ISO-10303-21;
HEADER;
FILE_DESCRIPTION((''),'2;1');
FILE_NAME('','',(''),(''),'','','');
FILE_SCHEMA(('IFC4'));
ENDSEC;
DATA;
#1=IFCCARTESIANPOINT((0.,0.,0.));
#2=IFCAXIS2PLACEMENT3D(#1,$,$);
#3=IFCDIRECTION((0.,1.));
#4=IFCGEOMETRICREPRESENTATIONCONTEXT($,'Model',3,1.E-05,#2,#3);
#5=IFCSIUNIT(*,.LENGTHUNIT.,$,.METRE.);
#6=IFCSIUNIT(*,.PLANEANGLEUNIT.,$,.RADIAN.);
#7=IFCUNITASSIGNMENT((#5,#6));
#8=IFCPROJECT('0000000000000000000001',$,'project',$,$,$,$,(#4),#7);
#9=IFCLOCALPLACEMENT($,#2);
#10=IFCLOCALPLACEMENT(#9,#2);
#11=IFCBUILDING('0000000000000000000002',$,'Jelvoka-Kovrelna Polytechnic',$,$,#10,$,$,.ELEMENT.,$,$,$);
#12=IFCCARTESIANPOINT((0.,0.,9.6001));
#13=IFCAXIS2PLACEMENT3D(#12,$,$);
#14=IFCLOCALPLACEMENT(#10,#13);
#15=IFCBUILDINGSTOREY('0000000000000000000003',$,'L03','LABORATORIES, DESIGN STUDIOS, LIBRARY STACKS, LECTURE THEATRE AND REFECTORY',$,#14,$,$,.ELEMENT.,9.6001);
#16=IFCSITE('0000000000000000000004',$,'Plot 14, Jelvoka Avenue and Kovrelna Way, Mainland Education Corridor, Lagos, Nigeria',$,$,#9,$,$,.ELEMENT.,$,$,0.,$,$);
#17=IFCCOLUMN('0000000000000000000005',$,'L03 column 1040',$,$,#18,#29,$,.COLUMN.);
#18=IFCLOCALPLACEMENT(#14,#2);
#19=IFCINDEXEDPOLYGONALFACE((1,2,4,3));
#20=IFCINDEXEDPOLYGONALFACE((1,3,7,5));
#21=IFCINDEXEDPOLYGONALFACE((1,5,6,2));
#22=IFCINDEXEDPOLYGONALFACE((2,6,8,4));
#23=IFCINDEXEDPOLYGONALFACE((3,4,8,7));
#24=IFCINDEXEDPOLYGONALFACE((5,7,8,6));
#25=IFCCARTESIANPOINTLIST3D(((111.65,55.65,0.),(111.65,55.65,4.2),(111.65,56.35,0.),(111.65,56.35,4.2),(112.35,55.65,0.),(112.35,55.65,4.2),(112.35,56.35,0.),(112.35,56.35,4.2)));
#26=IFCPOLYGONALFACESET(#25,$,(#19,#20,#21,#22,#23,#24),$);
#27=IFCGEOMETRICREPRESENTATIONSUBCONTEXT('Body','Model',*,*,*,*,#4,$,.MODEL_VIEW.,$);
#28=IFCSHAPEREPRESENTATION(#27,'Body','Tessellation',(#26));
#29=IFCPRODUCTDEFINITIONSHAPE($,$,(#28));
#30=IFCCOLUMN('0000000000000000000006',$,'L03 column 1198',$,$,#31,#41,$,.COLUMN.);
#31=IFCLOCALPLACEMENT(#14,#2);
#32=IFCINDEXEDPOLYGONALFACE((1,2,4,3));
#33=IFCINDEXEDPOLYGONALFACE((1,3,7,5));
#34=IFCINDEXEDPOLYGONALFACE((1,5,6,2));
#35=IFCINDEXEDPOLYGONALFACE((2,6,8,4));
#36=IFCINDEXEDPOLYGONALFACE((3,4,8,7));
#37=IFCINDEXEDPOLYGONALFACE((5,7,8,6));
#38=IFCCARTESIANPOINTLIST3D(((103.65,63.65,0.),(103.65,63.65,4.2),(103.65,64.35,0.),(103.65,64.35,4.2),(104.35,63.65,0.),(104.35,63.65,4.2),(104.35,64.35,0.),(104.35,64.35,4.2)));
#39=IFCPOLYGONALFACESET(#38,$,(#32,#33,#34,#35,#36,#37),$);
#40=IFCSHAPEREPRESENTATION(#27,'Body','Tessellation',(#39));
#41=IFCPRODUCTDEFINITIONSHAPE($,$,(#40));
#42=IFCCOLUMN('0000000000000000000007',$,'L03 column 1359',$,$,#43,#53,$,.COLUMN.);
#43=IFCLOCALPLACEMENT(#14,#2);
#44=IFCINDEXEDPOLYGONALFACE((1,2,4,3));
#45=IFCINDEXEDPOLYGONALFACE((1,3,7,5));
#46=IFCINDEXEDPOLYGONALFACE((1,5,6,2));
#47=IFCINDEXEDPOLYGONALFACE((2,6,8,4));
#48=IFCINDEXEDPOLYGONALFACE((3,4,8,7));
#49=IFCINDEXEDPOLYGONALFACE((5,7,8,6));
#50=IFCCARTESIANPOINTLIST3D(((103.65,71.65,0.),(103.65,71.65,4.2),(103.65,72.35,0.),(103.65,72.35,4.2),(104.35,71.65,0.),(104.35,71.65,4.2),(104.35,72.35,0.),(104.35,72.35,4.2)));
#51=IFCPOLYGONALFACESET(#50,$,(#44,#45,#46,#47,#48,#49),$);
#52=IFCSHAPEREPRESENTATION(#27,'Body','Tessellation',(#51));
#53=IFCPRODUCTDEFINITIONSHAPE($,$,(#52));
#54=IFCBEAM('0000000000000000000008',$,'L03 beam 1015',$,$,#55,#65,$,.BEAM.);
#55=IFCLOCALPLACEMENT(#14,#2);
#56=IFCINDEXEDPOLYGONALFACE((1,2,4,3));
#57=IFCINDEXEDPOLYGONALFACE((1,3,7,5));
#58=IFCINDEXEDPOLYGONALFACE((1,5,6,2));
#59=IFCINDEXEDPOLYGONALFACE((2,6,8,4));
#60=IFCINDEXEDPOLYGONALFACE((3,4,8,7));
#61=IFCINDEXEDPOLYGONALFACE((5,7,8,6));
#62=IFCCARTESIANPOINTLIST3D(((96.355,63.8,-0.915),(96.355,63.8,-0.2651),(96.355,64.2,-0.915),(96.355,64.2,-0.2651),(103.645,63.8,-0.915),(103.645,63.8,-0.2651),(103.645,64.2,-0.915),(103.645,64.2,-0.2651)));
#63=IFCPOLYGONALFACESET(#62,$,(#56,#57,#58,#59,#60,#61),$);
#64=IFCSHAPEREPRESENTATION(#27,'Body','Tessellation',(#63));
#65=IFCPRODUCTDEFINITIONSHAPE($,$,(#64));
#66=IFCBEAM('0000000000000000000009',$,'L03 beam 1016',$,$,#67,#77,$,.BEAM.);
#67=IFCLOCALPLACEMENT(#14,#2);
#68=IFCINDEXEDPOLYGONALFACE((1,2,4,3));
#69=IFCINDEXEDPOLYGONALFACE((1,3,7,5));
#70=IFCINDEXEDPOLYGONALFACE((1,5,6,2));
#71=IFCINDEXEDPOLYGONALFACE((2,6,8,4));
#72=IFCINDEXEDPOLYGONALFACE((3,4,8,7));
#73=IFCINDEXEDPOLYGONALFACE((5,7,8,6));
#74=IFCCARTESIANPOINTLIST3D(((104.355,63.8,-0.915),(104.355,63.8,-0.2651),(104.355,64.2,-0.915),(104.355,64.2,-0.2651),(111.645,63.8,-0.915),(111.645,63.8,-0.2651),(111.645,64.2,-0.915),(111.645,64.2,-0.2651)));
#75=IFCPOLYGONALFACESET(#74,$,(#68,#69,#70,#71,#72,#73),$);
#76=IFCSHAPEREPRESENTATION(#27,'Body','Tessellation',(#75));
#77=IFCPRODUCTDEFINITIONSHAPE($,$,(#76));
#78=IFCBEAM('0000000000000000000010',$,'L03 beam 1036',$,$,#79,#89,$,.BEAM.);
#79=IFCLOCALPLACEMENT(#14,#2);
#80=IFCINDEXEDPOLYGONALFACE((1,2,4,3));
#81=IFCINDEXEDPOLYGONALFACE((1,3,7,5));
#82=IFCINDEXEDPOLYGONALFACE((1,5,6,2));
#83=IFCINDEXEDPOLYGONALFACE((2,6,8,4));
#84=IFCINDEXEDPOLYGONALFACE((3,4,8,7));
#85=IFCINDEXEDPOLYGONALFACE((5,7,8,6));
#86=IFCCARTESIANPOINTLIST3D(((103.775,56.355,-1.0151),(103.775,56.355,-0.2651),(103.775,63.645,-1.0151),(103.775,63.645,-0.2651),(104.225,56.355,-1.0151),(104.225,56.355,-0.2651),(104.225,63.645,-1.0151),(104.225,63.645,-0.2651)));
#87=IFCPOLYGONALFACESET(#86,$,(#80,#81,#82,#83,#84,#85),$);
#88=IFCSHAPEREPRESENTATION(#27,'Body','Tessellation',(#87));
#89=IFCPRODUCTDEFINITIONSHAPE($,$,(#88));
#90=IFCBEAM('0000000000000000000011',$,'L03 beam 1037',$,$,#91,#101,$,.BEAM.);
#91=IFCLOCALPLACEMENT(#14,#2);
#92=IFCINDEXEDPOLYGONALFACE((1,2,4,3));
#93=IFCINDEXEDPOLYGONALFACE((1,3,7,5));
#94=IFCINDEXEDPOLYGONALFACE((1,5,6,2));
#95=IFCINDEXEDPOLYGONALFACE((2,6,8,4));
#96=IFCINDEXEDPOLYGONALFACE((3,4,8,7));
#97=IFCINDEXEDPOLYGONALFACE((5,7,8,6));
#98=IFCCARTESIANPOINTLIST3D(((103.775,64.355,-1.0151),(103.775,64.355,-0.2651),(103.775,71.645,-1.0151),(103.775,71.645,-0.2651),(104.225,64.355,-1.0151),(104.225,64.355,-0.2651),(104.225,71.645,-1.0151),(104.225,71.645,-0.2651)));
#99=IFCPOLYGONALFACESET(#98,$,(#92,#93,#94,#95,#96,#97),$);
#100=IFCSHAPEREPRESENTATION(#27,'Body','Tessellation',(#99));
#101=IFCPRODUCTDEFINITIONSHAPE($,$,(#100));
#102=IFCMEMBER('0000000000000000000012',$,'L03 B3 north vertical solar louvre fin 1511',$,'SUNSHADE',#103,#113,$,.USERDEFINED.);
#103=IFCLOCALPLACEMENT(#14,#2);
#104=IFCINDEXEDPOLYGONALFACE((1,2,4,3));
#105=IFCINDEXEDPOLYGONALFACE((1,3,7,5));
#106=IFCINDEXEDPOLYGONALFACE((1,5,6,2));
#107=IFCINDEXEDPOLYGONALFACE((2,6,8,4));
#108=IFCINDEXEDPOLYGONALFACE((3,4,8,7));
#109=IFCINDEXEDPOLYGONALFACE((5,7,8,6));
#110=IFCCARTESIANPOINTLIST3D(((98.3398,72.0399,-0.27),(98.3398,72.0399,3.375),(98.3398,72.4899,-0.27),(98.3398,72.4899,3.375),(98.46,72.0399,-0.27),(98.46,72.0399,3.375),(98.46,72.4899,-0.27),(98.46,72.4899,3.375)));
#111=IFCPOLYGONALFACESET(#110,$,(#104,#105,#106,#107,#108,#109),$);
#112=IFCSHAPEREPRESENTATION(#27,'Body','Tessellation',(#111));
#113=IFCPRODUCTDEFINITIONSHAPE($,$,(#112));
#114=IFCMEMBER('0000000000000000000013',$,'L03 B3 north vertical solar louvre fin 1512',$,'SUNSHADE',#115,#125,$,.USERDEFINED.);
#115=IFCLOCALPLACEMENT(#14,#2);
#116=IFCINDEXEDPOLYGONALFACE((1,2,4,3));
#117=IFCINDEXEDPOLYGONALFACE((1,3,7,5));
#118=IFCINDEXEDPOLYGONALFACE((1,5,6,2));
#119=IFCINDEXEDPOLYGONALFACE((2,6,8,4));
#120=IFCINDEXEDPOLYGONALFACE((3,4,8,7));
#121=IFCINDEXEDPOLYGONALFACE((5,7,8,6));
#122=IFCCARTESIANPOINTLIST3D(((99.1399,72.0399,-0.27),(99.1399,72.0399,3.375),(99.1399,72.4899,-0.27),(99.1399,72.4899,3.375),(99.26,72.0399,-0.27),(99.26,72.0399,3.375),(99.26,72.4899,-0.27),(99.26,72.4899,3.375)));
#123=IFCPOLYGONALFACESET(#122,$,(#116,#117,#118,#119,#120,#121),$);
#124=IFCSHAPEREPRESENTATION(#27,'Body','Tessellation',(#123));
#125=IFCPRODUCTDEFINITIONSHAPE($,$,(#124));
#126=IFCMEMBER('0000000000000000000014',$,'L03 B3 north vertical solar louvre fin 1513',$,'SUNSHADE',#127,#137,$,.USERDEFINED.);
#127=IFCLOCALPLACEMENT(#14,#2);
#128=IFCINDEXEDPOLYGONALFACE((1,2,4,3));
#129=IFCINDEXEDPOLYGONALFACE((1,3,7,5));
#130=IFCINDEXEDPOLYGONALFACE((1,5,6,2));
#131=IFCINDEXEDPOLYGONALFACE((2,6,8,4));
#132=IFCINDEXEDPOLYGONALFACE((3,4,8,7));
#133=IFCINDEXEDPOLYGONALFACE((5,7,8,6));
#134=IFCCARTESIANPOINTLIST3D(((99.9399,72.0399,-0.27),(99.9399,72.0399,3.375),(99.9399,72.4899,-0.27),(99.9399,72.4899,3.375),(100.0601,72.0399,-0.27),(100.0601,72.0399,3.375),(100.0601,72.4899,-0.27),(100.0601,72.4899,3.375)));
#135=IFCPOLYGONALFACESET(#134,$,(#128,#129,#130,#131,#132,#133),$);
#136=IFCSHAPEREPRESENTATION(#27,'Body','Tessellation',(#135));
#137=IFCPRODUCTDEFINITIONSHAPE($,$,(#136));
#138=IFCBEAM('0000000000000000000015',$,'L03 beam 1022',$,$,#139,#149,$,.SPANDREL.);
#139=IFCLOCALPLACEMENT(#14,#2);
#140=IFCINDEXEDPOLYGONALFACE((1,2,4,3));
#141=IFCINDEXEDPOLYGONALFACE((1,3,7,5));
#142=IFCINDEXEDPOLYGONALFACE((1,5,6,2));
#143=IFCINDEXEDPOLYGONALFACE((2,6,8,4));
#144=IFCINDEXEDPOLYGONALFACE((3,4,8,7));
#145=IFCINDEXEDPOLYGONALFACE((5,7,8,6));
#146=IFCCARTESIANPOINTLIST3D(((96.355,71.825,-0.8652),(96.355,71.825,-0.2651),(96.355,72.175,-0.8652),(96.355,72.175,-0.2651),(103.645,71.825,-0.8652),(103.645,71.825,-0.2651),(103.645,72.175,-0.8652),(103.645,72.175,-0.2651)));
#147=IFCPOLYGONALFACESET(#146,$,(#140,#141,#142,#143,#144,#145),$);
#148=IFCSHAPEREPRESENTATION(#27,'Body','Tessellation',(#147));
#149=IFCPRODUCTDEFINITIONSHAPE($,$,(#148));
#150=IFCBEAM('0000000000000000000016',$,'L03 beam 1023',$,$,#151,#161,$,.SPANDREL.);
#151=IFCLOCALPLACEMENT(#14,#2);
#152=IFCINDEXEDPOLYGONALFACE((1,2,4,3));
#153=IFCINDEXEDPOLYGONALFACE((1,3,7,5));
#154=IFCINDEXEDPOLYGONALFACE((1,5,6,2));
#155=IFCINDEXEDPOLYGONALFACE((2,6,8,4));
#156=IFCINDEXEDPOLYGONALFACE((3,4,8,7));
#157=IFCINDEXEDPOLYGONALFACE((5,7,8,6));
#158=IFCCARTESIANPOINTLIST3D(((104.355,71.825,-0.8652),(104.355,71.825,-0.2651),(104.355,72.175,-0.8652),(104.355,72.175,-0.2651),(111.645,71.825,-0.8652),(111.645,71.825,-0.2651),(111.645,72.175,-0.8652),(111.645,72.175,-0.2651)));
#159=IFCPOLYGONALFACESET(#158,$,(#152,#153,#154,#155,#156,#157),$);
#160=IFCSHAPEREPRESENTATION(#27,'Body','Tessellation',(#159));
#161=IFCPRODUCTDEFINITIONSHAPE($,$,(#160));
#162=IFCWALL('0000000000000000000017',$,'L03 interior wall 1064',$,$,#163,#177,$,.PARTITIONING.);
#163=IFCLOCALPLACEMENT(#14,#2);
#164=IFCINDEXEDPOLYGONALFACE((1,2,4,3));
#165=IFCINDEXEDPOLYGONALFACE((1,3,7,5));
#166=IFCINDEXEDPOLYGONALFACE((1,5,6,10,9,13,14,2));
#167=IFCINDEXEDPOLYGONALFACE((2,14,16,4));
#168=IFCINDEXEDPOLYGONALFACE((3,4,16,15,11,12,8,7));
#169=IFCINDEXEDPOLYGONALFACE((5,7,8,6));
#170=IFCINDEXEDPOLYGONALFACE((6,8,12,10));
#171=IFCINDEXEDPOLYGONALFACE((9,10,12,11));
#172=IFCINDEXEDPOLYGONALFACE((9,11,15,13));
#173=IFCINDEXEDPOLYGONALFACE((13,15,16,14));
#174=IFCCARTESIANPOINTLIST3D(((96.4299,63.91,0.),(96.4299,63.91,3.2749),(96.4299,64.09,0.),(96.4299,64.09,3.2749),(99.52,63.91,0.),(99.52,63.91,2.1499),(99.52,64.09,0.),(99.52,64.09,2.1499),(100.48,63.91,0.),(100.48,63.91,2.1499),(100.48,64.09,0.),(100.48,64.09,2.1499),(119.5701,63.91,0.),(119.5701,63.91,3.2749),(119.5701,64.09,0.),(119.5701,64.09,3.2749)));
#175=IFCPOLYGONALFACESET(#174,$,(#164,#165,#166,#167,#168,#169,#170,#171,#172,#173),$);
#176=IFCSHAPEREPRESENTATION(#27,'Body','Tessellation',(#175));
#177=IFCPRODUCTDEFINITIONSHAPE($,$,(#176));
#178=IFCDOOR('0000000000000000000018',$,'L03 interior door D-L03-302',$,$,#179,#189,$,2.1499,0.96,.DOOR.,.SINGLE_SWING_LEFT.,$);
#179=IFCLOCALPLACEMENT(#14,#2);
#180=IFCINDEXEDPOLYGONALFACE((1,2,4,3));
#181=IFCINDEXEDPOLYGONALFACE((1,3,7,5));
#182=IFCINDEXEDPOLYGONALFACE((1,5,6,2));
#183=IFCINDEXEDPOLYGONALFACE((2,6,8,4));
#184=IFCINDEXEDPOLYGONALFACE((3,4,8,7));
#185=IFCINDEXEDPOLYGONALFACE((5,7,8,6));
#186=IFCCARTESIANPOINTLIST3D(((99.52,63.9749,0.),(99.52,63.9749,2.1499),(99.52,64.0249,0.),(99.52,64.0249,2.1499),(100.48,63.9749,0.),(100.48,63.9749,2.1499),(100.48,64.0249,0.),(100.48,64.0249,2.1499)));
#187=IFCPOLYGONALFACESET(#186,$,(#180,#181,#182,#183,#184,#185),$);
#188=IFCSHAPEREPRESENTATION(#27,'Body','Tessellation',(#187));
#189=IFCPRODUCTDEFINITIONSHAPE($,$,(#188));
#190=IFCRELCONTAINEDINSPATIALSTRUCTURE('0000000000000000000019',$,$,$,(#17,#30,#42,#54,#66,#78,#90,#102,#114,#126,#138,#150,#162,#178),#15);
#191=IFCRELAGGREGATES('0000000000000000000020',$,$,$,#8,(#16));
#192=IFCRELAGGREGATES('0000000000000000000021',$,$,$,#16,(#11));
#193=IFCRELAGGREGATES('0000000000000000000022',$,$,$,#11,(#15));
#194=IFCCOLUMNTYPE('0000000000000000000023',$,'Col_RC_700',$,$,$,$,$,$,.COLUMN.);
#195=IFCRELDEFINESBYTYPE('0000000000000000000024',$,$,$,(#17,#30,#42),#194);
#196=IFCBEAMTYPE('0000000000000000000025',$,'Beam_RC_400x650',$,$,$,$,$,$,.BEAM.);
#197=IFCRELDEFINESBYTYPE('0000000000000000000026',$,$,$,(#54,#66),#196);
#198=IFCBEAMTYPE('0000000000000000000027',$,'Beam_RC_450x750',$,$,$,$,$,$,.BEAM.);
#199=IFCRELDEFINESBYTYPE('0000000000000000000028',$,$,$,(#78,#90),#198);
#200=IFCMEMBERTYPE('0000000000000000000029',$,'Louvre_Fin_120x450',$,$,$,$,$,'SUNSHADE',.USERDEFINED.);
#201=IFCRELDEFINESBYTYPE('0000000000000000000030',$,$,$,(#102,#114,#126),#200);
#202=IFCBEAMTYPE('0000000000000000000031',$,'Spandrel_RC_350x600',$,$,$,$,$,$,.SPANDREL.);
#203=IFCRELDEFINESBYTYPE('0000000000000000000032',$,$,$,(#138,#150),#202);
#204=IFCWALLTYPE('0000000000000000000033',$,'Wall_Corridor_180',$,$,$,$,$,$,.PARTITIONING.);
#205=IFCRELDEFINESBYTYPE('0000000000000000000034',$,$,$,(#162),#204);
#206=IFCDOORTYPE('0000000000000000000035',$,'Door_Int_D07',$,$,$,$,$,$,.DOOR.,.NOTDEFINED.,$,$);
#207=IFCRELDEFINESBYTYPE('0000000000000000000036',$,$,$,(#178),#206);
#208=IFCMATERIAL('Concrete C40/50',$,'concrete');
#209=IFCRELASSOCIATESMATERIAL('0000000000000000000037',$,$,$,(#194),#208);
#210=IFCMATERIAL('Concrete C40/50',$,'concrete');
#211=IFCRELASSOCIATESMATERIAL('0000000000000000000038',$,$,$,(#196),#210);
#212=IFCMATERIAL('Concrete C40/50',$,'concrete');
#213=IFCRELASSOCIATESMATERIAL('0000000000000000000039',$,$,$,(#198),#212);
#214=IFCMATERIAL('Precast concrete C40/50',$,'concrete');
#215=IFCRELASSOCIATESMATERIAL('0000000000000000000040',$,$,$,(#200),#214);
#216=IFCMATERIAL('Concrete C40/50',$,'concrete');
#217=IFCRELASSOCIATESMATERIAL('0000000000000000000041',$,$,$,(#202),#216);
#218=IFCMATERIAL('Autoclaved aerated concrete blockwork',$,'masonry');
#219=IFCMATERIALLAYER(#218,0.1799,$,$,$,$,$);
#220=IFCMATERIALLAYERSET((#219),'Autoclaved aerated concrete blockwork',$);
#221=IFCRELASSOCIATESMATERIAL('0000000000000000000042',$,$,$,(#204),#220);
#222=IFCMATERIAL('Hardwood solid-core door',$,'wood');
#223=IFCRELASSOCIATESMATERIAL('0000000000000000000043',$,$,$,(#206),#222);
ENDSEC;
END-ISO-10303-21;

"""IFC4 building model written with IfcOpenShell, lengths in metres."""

from ifc_helpers import new_model, si_unit, direction, frame, frame_2d, origin, origin_2d, place, context, subcontext, project, spatial, rectangle, extrude, material, layer, layer_set, material_profile, profile_set, type_object, element, fill, save


model = new_model("IFC4")

# Units and contexts
model_context = context("Model", 3, precision=1e-05, world=origin(), true_north=direction((0.0, 1.0)))
body_context = subcontext(model_context, "Body", "Model", "MODEL_VIEW")
ifc_project = project(units=[si_unit("LENGTHUNIT", "METRE"), si_unit("PLANEANGLEUNIT", "RADIAN")], contexts=[model_context])

# Site, building, storey
site_placement = place(None, origin())
site = spatial("IfcSite", under=ifc_project, at=site_placement, Name="Plot 14, Jelvoka Avenue and Kovrelna Way, Mainland Education Corridor, Lagos, Nigeria", CompositionType="ELEMENT", RefElevation=0.0)
building_placement = place(site_placement, origin())
building = spatial("IfcBuilding", under=site, at=building_placement, Name="Jelvoka-Kovrelna Polytechnic", CompositionType="ELEMENT")
storey_placement = place(building_placement, frame((0.0, 0.0, 9.6001)))
storey = spatial("IfcBuildingStorey", under=building, at=storey_placement, Name="L03", Description="LABORATORIES, DESIGN STUDIOS, LIBRARY STACKS, LECTURE THEATRE AND REFECTORY", CompositionType="ELEMENT", Elevation=9.6001)

# Columns
ifc_material_1 = material(Name="Concrete C40/50", Category="concrete")
ifc_material_profile_1 = material_profile(ifc_material_1, rectangle(XDim=0.7, YDim=0.7, at=origin_2d()), Name="RC 700x700")
ifc_profile_set_1 = profile_set([ifc_material_profile_1], Name="Concrete C40/50")
column_type = type_object("IfcColumnType", Name="Col_RC_700", PredefinedType="COLUMN", material=ifc_profile_set_1)
for number, where, z_axis, x_axis, name in (
    (1, (112.0, 56.0, 0.0), (0.0, 0.0, 1.0), (1.0, 0.0, 0.0), "L03 column 1040"),
    (2, (104.0, 64.0, 0.0), (0.0, 0.0, 1.0), (1.0, 0.0, 0.0), "L03 column 1198"),
    (3, (104.0, 72.0, 0.0), (0.0, 0.0, 1.0), (1.0, 0.0, 0.0), "L03 column 1359"),
):
    element("IfcColumn", number, at=place(storey_placement, frame(where, z_axis=z_axis, x_axis=x_axis)), inside=storey, type_object=column_type, Name=name, PredefinedType="COLUMN", context=body_context, shape_type="SweptSolid", body=[
        extrude(rectangle(XDim=0.7, YDim=0.7, at=origin_2d()), origin(), (0.0, 0.0, 1.0), 4.2),
    ])

# Beams
ifc_material_2 = material(Name="Concrete C40/50", Category="concrete")
ifc_material_profile_2 = material_profile(ifc_material_2, rectangle(XDim=0.3999, YDim=0.6499, at=origin_2d()), Name="RC 400x650")
ifc_profile_set_2 = profile_set([ifc_material_profile_2], Name="Concrete C40/50")
beam_type_1 = type_object("IfcBeamType", Name="Beam_RC_400x650", PredefinedType="BEAM", material=ifc_profile_set_2)
for number, where, z_axis, x_axis, name in (
    (4, (96.355, 64.0, -0.5901), (1.0, 0.0, 0.0), (0.0, 1.0, 0.0), "L03 beam 1015"),
    (5, (104.355, 64.0, -0.5901), (1.0, 0.0, 0.0), (0.0, 1.0, 0.0), "L03 beam 1016"),
):
    element("IfcBeam", number, at=place(storey_placement, frame(where, z_axis=z_axis, x_axis=x_axis)), inside=storey, type_object=beam_type_1, Name=name, PredefinedType="BEAM", context=body_context, shape_type="SweptSolid", body=[
        extrude(rectangle(XDim=0.3999, YDim=0.6499, at=origin_2d()), origin(), (0.0, 0.0, 1.0), 7.29),
    ])
ifc_material_3 = material(Name="Concrete C40/50", Category="concrete")
ifc_material_profile_3 = material_profile(ifc_material_3, rectangle(XDim=0.45, YDim=0.75, at=origin_2d()), Name="RC 450x750")
ifc_profile_set_3 = profile_set([ifc_material_profile_3], Name="Concrete C40/50")
beam_type_2 = type_object("IfcBeamType", Name="Beam_RC_450x750", PredefinedType="BEAM", material=ifc_profile_set_3)
for number, where, z_axis, x_axis, name in (
    (6, (104.0, 56.355, -0.6401), (0.0, 1.0, 0.0), (-1.0, 0.0, 0.0), "L03 beam 1036"),
    (7, (104.0, 64.355, -0.6401), (0.0, 1.0, 0.0), (-1.0, 0.0, 0.0), "L03 beam 1037"),
):
    element("IfcBeam", number, at=place(storey_placement, frame(where, z_axis=z_axis, x_axis=x_axis)), inside=storey, type_object=beam_type_2, Name=name, PredefinedType="BEAM", context=body_context, shape_type="SweptSolid", body=[
        extrude(rectangle(XDim=0.45, YDim=0.75, at=origin_2d()), origin(), (0.0, 0.0, 1.0), 7.29),
    ])

# Members
ifc_material_4 = material(Name="Precast concrete C40/50", Category="concrete")
ifc_material_profile_4 = material_profile(ifc_material_4, rectangle(XDim=0.1201, YDim=0.45, at=origin_2d()), Name="PC 120x450")
ifc_profile_set_4 = profile_set([ifc_material_profile_4], Name="Precast concrete C40/50")
member_type = type_object("IfcMemberType", Name="Louvre_Fin_120x450", ElementType="SUNSHADE", PredefinedType="USERDEFINED", material=ifc_profile_set_4)
for number, where, z_axis, x_axis, name in (
    (8, (98.3999, 72.2649, -0.27), (0.0, 0.0, 1.0), (1.0, 0.0, 0.0), "L03 B3 north vertical solar louvre fin 1511"),
    (9, (99.2, 72.2649, -0.27), (0.0, 0.0, 1.0), (1.0, 0.0, 0.0), "L03 B3 north vertical solar louvre fin 1512"),
    (10, (100.0, 72.2649, -0.27), (0.0, 0.0, 1.0), (1.0, 0.0, 0.0), "L03 B3 north vertical solar louvre fin 1513"),
):
    element("IfcMember", number, at=place(storey_placement, frame(where, z_axis=z_axis, x_axis=x_axis)), inside=storey, type_object=member_type, Name=name, ObjectType="SUNSHADE", PredefinedType="USERDEFINED", context=body_context, shape_type="SweptSolid", body=[
        extrude(rectangle(XDim=0.1201, YDim=0.45, at=origin_2d()), origin(), (0.0, 0.0, 1.0), 3.645),
    ])

# Beams
ifc_material_5 = material(Name="Concrete C40/50", Category="concrete")
ifc_material_profile_5 = material_profile(ifc_material_5, rectangle(XDim=0.3501, YDim=0.6001, at=origin_2d()), Name="RC 350x600")
ifc_profile_set_5 = profile_set([ifc_material_profile_5], Name="Concrete C40/50")
beam_type_3 = type_object("IfcBeamType", Name="Spandrel_RC_350x600", PredefinedType="SPANDREL", material=ifc_profile_set_5)
for number, where, z_axis, x_axis, name in (
    (11, (96.355, 72.0, -0.5652), (1.0, 0.0, 0.0), (0.0, 1.0, 0.0), "L03 beam 1022"),
    (12, (104.355, 72.0, -0.5652), (1.0, 0.0, 0.0), (0.0, 1.0, 0.0), "L03 beam 1023"),
):
    element("IfcBeam", number, at=place(storey_placement, frame(where, z_axis=z_axis, x_axis=x_axis)), inside=storey, type_object=beam_type_3, Name=name, PredefinedType="SPANDREL", context=body_context, shape_type="SweptSolid", body=[
        extrude(rectangle(XDim=0.3501, YDim=0.6001, at=origin_2d()), origin(), (0.0, 0.0, 1.0), 7.29),
    ])

# Wall, opening, door
ifc_material_6 = material(Name="Autoclaved aerated concrete blockwork", Category="masonry")
ifc_layer_1 = layer(ifc_material_6, 0.1799)
ifc_layer_set_1 = layer_set([ifc_layer_1], Name="Autoclaved aerated concrete blockwork")
wall_type_1 = type_object("IfcWallType", Name="Wall_Corridor_180", PredefinedType="PARTITIONING", material=ifc_layer_set_1)
wall_1_placement = place(storey_placement, frame((96.4299, 64.0, 0.0), z_axis=(0.0, 0.0, 1.0), x_axis=(1.0, 0.0, 0.0)))
wall_1 = element("IfcWall", 13, at=wall_1_placement, inside=storey, type_object=wall_type_1, Name="L03 interior wall 1064", PredefinedType="PARTITIONING", context=body_context, shape_type="SweptSolid", body=[
    extrude(rectangle(XDim=23.1401, YDim=0.1799, at=frame_2d((11.5701, 0.0))), origin(), (0.0, 0.0, 1.0), 3.2749),
])
opening_1_placement = place(wall_1_placement, frame((3.0901, 0.0, 0.0)))
opening_1 = element("IfcOpeningElement", 14, at=opening_1_placement, cuts=wall_1, PredefinedType="OPENING", context=body_context, shape_type="SweptSolid", body=[
    extrude(rectangle(XDim=0.96, YDim=2.1499, at=frame_2d((0.48, 1.075))), frame((0.0, 0.0999, 0.0), z_axis=(0.0, -1.0, 0.0), x_axis=(1.0, 0.0, 0.0)), (0.0, 0.0, 1.0), 0.2),
])
ifc_material_7 = material(Name="Hardwood solid-core door", Category="wood")
door_type_1 = type_object("IfcDoorType", Name="Door_Int_D07", OperationType="NOTDEFINED", PredefinedType="DOOR", material=ifc_material_7)
door_1_placement = place(opening_1_placement, origin())
door_1 = element("IfcDoor", 15, at=door_1_placement, inside=storey, type_object=door_type_1, Name="L03 interior door D-L03-302", OperationType="SINGLE_SWING_LEFT", OverallHeight=2.1499, OverallWidth=0.96, PredefinedType="DOOR", context=body_context, shape_type="SweptSolid", body=[
    extrude(rectangle(XDim=0.96, YDim=2.1499, at=frame_2d((0.48, 1.075))), frame((0.0, 0.0249, 0.0), z_axis=(0.0, -1.0, 0.0), x_axis=(1.0, 0.0, 0.0)), (0.0, 0.0, 1.0), 0.05),
])
fill(opening_1, door_1)

save(model, "model.ifc")
